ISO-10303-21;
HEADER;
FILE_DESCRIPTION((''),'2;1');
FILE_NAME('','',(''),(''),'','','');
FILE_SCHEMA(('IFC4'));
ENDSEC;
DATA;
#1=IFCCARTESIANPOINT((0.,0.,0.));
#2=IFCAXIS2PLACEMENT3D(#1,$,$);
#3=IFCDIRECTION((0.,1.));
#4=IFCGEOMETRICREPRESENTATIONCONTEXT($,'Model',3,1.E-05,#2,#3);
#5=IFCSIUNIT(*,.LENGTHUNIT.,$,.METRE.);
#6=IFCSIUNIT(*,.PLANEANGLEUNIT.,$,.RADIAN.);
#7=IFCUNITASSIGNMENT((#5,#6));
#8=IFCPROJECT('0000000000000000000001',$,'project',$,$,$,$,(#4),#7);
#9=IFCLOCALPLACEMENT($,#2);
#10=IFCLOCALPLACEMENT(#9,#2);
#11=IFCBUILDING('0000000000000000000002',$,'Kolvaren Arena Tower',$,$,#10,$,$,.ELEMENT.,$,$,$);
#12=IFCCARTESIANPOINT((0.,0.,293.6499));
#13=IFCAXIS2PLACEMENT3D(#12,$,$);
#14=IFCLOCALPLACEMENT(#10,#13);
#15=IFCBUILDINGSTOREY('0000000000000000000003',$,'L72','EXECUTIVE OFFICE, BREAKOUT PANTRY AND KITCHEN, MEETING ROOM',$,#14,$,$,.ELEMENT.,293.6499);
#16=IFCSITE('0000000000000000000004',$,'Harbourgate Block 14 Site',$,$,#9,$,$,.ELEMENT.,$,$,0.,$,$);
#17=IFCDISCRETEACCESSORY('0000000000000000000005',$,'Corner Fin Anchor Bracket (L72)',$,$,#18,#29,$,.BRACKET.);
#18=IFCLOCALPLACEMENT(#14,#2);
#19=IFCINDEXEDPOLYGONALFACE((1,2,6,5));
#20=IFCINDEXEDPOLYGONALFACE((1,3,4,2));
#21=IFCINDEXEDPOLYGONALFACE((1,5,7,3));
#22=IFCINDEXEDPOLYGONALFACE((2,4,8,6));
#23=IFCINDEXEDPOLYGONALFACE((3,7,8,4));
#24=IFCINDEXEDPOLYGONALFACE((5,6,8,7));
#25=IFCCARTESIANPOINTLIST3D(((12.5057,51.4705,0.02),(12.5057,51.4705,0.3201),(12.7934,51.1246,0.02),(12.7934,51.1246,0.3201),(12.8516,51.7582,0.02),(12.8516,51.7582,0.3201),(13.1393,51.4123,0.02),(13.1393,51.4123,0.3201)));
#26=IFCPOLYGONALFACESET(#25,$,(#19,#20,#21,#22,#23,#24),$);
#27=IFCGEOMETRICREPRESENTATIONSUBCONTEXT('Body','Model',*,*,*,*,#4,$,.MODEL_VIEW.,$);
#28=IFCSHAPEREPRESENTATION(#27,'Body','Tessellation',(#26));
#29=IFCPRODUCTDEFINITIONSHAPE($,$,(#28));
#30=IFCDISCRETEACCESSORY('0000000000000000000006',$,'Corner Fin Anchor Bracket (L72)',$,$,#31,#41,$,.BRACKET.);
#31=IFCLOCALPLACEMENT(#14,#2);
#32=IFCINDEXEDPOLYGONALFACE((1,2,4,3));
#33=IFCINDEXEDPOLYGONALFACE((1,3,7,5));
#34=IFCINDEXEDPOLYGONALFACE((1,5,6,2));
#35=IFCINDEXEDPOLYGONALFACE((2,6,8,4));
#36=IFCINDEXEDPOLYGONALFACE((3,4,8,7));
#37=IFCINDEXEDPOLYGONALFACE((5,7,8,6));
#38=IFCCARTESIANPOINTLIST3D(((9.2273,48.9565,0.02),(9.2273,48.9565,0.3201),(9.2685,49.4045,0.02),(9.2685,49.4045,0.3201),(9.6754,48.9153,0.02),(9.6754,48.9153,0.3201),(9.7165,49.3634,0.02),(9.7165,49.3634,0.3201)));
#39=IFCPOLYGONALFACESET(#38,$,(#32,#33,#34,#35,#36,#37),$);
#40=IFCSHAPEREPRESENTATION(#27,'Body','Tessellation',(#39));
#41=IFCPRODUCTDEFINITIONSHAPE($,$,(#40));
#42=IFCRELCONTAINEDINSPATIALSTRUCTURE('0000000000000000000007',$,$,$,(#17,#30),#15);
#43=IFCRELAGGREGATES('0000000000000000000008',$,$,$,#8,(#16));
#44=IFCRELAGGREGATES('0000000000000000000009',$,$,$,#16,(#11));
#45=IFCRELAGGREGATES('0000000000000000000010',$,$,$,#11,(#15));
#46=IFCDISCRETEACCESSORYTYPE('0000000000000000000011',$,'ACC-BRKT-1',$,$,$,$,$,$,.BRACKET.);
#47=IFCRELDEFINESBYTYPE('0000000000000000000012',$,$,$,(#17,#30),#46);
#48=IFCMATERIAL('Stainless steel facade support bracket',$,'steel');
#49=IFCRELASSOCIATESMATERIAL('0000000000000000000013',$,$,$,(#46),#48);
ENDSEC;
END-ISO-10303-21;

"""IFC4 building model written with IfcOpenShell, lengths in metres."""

from ifc_helpers import new_model, si_unit, direction, frame, origin, origin_2d, place, context, subcontext, project, spatial, rectangle, extrude, material, type_object, element, save


model = new_model("IFC4")

# Units and contexts
model_context = context("Model", 3, precision=1e-05, world=origin(), true_north=direction((0.0, 1.0)))
body_context = subcontext(model_context, "Body", "Model", "MODEL_VIEW")
ifc_project = project(units=[si_unit("LENGTHUNIT", "METRE"), si_unit("PLANEANGLEUNIT", "RADIAN")], contexts=[model_context])

# Site, building, storey
site_placement = place(None, origin())
site = spatial("IfcSite", under=ifc_project, at=site_placement, Name="Harbourgate Block 14 Site", CompositionType="ELEMENT", RefElevation=0.0)
building_placement = place(site_placement, origin())
building = spatial("IfcBuilding", under=site, at=building_placement, Name="Kolvaren Arena Tower", CompositionType="ELEMENT")
storey_placement = place(building_placement, frame((0.0, 0.0, 293.6499)))
storey = spatial("IfcBuildingStorey", under=building, at=storey_placement, Name="L72", Description="EXECUTIVE OFFICE, BREAKOUT PANTRY AND KITCHEN, MEETING ROOM", CompositionType="ELEMENT", Elevation=293.6499)

# Discrete accessories
ifc_material_1 = material(Name="Stainless steel facade support bracket", Category="steel")
discrete_accessory_type = type_object("IfcDiscreteAccessoryType", Name="ACC-BRKT-1", PredefinedType="BRACKET", material=ifc_material_1)
for number, where, z_axis, x_axis, name in (
    (1, (12.8225, 51.4414, 0.02), (0.0, 0.0, 1.0), (-0.639409, 0.768866, 0.0), "Corner Fin Anchor Bracket (L72)"),
    (2, (9.4719, 49.1599, 0.02), (0.0, 0.0, 1.0), (-0.995808, 0.091469, 0.0), "Corner Fin Anchor Bracket (L72)"),
):
    element("IfcDiscreteAccessory", number, at=place(storey_placement, frame(where, z_axis=z_axis, x_axis=x_axis)), inside=storey, type_object=discrete_accessory_type, Name=name, PredefinedType="BRACKET", context=body_context, shape_type="SweptSolid", body=[
        extrude(rectangle(XDim=0.45, YDim=0.45, at=origin_2d()), origin(), (0.0, 0.0, 1.0), 0.3),
    ])

save(model, "model.ifc")
